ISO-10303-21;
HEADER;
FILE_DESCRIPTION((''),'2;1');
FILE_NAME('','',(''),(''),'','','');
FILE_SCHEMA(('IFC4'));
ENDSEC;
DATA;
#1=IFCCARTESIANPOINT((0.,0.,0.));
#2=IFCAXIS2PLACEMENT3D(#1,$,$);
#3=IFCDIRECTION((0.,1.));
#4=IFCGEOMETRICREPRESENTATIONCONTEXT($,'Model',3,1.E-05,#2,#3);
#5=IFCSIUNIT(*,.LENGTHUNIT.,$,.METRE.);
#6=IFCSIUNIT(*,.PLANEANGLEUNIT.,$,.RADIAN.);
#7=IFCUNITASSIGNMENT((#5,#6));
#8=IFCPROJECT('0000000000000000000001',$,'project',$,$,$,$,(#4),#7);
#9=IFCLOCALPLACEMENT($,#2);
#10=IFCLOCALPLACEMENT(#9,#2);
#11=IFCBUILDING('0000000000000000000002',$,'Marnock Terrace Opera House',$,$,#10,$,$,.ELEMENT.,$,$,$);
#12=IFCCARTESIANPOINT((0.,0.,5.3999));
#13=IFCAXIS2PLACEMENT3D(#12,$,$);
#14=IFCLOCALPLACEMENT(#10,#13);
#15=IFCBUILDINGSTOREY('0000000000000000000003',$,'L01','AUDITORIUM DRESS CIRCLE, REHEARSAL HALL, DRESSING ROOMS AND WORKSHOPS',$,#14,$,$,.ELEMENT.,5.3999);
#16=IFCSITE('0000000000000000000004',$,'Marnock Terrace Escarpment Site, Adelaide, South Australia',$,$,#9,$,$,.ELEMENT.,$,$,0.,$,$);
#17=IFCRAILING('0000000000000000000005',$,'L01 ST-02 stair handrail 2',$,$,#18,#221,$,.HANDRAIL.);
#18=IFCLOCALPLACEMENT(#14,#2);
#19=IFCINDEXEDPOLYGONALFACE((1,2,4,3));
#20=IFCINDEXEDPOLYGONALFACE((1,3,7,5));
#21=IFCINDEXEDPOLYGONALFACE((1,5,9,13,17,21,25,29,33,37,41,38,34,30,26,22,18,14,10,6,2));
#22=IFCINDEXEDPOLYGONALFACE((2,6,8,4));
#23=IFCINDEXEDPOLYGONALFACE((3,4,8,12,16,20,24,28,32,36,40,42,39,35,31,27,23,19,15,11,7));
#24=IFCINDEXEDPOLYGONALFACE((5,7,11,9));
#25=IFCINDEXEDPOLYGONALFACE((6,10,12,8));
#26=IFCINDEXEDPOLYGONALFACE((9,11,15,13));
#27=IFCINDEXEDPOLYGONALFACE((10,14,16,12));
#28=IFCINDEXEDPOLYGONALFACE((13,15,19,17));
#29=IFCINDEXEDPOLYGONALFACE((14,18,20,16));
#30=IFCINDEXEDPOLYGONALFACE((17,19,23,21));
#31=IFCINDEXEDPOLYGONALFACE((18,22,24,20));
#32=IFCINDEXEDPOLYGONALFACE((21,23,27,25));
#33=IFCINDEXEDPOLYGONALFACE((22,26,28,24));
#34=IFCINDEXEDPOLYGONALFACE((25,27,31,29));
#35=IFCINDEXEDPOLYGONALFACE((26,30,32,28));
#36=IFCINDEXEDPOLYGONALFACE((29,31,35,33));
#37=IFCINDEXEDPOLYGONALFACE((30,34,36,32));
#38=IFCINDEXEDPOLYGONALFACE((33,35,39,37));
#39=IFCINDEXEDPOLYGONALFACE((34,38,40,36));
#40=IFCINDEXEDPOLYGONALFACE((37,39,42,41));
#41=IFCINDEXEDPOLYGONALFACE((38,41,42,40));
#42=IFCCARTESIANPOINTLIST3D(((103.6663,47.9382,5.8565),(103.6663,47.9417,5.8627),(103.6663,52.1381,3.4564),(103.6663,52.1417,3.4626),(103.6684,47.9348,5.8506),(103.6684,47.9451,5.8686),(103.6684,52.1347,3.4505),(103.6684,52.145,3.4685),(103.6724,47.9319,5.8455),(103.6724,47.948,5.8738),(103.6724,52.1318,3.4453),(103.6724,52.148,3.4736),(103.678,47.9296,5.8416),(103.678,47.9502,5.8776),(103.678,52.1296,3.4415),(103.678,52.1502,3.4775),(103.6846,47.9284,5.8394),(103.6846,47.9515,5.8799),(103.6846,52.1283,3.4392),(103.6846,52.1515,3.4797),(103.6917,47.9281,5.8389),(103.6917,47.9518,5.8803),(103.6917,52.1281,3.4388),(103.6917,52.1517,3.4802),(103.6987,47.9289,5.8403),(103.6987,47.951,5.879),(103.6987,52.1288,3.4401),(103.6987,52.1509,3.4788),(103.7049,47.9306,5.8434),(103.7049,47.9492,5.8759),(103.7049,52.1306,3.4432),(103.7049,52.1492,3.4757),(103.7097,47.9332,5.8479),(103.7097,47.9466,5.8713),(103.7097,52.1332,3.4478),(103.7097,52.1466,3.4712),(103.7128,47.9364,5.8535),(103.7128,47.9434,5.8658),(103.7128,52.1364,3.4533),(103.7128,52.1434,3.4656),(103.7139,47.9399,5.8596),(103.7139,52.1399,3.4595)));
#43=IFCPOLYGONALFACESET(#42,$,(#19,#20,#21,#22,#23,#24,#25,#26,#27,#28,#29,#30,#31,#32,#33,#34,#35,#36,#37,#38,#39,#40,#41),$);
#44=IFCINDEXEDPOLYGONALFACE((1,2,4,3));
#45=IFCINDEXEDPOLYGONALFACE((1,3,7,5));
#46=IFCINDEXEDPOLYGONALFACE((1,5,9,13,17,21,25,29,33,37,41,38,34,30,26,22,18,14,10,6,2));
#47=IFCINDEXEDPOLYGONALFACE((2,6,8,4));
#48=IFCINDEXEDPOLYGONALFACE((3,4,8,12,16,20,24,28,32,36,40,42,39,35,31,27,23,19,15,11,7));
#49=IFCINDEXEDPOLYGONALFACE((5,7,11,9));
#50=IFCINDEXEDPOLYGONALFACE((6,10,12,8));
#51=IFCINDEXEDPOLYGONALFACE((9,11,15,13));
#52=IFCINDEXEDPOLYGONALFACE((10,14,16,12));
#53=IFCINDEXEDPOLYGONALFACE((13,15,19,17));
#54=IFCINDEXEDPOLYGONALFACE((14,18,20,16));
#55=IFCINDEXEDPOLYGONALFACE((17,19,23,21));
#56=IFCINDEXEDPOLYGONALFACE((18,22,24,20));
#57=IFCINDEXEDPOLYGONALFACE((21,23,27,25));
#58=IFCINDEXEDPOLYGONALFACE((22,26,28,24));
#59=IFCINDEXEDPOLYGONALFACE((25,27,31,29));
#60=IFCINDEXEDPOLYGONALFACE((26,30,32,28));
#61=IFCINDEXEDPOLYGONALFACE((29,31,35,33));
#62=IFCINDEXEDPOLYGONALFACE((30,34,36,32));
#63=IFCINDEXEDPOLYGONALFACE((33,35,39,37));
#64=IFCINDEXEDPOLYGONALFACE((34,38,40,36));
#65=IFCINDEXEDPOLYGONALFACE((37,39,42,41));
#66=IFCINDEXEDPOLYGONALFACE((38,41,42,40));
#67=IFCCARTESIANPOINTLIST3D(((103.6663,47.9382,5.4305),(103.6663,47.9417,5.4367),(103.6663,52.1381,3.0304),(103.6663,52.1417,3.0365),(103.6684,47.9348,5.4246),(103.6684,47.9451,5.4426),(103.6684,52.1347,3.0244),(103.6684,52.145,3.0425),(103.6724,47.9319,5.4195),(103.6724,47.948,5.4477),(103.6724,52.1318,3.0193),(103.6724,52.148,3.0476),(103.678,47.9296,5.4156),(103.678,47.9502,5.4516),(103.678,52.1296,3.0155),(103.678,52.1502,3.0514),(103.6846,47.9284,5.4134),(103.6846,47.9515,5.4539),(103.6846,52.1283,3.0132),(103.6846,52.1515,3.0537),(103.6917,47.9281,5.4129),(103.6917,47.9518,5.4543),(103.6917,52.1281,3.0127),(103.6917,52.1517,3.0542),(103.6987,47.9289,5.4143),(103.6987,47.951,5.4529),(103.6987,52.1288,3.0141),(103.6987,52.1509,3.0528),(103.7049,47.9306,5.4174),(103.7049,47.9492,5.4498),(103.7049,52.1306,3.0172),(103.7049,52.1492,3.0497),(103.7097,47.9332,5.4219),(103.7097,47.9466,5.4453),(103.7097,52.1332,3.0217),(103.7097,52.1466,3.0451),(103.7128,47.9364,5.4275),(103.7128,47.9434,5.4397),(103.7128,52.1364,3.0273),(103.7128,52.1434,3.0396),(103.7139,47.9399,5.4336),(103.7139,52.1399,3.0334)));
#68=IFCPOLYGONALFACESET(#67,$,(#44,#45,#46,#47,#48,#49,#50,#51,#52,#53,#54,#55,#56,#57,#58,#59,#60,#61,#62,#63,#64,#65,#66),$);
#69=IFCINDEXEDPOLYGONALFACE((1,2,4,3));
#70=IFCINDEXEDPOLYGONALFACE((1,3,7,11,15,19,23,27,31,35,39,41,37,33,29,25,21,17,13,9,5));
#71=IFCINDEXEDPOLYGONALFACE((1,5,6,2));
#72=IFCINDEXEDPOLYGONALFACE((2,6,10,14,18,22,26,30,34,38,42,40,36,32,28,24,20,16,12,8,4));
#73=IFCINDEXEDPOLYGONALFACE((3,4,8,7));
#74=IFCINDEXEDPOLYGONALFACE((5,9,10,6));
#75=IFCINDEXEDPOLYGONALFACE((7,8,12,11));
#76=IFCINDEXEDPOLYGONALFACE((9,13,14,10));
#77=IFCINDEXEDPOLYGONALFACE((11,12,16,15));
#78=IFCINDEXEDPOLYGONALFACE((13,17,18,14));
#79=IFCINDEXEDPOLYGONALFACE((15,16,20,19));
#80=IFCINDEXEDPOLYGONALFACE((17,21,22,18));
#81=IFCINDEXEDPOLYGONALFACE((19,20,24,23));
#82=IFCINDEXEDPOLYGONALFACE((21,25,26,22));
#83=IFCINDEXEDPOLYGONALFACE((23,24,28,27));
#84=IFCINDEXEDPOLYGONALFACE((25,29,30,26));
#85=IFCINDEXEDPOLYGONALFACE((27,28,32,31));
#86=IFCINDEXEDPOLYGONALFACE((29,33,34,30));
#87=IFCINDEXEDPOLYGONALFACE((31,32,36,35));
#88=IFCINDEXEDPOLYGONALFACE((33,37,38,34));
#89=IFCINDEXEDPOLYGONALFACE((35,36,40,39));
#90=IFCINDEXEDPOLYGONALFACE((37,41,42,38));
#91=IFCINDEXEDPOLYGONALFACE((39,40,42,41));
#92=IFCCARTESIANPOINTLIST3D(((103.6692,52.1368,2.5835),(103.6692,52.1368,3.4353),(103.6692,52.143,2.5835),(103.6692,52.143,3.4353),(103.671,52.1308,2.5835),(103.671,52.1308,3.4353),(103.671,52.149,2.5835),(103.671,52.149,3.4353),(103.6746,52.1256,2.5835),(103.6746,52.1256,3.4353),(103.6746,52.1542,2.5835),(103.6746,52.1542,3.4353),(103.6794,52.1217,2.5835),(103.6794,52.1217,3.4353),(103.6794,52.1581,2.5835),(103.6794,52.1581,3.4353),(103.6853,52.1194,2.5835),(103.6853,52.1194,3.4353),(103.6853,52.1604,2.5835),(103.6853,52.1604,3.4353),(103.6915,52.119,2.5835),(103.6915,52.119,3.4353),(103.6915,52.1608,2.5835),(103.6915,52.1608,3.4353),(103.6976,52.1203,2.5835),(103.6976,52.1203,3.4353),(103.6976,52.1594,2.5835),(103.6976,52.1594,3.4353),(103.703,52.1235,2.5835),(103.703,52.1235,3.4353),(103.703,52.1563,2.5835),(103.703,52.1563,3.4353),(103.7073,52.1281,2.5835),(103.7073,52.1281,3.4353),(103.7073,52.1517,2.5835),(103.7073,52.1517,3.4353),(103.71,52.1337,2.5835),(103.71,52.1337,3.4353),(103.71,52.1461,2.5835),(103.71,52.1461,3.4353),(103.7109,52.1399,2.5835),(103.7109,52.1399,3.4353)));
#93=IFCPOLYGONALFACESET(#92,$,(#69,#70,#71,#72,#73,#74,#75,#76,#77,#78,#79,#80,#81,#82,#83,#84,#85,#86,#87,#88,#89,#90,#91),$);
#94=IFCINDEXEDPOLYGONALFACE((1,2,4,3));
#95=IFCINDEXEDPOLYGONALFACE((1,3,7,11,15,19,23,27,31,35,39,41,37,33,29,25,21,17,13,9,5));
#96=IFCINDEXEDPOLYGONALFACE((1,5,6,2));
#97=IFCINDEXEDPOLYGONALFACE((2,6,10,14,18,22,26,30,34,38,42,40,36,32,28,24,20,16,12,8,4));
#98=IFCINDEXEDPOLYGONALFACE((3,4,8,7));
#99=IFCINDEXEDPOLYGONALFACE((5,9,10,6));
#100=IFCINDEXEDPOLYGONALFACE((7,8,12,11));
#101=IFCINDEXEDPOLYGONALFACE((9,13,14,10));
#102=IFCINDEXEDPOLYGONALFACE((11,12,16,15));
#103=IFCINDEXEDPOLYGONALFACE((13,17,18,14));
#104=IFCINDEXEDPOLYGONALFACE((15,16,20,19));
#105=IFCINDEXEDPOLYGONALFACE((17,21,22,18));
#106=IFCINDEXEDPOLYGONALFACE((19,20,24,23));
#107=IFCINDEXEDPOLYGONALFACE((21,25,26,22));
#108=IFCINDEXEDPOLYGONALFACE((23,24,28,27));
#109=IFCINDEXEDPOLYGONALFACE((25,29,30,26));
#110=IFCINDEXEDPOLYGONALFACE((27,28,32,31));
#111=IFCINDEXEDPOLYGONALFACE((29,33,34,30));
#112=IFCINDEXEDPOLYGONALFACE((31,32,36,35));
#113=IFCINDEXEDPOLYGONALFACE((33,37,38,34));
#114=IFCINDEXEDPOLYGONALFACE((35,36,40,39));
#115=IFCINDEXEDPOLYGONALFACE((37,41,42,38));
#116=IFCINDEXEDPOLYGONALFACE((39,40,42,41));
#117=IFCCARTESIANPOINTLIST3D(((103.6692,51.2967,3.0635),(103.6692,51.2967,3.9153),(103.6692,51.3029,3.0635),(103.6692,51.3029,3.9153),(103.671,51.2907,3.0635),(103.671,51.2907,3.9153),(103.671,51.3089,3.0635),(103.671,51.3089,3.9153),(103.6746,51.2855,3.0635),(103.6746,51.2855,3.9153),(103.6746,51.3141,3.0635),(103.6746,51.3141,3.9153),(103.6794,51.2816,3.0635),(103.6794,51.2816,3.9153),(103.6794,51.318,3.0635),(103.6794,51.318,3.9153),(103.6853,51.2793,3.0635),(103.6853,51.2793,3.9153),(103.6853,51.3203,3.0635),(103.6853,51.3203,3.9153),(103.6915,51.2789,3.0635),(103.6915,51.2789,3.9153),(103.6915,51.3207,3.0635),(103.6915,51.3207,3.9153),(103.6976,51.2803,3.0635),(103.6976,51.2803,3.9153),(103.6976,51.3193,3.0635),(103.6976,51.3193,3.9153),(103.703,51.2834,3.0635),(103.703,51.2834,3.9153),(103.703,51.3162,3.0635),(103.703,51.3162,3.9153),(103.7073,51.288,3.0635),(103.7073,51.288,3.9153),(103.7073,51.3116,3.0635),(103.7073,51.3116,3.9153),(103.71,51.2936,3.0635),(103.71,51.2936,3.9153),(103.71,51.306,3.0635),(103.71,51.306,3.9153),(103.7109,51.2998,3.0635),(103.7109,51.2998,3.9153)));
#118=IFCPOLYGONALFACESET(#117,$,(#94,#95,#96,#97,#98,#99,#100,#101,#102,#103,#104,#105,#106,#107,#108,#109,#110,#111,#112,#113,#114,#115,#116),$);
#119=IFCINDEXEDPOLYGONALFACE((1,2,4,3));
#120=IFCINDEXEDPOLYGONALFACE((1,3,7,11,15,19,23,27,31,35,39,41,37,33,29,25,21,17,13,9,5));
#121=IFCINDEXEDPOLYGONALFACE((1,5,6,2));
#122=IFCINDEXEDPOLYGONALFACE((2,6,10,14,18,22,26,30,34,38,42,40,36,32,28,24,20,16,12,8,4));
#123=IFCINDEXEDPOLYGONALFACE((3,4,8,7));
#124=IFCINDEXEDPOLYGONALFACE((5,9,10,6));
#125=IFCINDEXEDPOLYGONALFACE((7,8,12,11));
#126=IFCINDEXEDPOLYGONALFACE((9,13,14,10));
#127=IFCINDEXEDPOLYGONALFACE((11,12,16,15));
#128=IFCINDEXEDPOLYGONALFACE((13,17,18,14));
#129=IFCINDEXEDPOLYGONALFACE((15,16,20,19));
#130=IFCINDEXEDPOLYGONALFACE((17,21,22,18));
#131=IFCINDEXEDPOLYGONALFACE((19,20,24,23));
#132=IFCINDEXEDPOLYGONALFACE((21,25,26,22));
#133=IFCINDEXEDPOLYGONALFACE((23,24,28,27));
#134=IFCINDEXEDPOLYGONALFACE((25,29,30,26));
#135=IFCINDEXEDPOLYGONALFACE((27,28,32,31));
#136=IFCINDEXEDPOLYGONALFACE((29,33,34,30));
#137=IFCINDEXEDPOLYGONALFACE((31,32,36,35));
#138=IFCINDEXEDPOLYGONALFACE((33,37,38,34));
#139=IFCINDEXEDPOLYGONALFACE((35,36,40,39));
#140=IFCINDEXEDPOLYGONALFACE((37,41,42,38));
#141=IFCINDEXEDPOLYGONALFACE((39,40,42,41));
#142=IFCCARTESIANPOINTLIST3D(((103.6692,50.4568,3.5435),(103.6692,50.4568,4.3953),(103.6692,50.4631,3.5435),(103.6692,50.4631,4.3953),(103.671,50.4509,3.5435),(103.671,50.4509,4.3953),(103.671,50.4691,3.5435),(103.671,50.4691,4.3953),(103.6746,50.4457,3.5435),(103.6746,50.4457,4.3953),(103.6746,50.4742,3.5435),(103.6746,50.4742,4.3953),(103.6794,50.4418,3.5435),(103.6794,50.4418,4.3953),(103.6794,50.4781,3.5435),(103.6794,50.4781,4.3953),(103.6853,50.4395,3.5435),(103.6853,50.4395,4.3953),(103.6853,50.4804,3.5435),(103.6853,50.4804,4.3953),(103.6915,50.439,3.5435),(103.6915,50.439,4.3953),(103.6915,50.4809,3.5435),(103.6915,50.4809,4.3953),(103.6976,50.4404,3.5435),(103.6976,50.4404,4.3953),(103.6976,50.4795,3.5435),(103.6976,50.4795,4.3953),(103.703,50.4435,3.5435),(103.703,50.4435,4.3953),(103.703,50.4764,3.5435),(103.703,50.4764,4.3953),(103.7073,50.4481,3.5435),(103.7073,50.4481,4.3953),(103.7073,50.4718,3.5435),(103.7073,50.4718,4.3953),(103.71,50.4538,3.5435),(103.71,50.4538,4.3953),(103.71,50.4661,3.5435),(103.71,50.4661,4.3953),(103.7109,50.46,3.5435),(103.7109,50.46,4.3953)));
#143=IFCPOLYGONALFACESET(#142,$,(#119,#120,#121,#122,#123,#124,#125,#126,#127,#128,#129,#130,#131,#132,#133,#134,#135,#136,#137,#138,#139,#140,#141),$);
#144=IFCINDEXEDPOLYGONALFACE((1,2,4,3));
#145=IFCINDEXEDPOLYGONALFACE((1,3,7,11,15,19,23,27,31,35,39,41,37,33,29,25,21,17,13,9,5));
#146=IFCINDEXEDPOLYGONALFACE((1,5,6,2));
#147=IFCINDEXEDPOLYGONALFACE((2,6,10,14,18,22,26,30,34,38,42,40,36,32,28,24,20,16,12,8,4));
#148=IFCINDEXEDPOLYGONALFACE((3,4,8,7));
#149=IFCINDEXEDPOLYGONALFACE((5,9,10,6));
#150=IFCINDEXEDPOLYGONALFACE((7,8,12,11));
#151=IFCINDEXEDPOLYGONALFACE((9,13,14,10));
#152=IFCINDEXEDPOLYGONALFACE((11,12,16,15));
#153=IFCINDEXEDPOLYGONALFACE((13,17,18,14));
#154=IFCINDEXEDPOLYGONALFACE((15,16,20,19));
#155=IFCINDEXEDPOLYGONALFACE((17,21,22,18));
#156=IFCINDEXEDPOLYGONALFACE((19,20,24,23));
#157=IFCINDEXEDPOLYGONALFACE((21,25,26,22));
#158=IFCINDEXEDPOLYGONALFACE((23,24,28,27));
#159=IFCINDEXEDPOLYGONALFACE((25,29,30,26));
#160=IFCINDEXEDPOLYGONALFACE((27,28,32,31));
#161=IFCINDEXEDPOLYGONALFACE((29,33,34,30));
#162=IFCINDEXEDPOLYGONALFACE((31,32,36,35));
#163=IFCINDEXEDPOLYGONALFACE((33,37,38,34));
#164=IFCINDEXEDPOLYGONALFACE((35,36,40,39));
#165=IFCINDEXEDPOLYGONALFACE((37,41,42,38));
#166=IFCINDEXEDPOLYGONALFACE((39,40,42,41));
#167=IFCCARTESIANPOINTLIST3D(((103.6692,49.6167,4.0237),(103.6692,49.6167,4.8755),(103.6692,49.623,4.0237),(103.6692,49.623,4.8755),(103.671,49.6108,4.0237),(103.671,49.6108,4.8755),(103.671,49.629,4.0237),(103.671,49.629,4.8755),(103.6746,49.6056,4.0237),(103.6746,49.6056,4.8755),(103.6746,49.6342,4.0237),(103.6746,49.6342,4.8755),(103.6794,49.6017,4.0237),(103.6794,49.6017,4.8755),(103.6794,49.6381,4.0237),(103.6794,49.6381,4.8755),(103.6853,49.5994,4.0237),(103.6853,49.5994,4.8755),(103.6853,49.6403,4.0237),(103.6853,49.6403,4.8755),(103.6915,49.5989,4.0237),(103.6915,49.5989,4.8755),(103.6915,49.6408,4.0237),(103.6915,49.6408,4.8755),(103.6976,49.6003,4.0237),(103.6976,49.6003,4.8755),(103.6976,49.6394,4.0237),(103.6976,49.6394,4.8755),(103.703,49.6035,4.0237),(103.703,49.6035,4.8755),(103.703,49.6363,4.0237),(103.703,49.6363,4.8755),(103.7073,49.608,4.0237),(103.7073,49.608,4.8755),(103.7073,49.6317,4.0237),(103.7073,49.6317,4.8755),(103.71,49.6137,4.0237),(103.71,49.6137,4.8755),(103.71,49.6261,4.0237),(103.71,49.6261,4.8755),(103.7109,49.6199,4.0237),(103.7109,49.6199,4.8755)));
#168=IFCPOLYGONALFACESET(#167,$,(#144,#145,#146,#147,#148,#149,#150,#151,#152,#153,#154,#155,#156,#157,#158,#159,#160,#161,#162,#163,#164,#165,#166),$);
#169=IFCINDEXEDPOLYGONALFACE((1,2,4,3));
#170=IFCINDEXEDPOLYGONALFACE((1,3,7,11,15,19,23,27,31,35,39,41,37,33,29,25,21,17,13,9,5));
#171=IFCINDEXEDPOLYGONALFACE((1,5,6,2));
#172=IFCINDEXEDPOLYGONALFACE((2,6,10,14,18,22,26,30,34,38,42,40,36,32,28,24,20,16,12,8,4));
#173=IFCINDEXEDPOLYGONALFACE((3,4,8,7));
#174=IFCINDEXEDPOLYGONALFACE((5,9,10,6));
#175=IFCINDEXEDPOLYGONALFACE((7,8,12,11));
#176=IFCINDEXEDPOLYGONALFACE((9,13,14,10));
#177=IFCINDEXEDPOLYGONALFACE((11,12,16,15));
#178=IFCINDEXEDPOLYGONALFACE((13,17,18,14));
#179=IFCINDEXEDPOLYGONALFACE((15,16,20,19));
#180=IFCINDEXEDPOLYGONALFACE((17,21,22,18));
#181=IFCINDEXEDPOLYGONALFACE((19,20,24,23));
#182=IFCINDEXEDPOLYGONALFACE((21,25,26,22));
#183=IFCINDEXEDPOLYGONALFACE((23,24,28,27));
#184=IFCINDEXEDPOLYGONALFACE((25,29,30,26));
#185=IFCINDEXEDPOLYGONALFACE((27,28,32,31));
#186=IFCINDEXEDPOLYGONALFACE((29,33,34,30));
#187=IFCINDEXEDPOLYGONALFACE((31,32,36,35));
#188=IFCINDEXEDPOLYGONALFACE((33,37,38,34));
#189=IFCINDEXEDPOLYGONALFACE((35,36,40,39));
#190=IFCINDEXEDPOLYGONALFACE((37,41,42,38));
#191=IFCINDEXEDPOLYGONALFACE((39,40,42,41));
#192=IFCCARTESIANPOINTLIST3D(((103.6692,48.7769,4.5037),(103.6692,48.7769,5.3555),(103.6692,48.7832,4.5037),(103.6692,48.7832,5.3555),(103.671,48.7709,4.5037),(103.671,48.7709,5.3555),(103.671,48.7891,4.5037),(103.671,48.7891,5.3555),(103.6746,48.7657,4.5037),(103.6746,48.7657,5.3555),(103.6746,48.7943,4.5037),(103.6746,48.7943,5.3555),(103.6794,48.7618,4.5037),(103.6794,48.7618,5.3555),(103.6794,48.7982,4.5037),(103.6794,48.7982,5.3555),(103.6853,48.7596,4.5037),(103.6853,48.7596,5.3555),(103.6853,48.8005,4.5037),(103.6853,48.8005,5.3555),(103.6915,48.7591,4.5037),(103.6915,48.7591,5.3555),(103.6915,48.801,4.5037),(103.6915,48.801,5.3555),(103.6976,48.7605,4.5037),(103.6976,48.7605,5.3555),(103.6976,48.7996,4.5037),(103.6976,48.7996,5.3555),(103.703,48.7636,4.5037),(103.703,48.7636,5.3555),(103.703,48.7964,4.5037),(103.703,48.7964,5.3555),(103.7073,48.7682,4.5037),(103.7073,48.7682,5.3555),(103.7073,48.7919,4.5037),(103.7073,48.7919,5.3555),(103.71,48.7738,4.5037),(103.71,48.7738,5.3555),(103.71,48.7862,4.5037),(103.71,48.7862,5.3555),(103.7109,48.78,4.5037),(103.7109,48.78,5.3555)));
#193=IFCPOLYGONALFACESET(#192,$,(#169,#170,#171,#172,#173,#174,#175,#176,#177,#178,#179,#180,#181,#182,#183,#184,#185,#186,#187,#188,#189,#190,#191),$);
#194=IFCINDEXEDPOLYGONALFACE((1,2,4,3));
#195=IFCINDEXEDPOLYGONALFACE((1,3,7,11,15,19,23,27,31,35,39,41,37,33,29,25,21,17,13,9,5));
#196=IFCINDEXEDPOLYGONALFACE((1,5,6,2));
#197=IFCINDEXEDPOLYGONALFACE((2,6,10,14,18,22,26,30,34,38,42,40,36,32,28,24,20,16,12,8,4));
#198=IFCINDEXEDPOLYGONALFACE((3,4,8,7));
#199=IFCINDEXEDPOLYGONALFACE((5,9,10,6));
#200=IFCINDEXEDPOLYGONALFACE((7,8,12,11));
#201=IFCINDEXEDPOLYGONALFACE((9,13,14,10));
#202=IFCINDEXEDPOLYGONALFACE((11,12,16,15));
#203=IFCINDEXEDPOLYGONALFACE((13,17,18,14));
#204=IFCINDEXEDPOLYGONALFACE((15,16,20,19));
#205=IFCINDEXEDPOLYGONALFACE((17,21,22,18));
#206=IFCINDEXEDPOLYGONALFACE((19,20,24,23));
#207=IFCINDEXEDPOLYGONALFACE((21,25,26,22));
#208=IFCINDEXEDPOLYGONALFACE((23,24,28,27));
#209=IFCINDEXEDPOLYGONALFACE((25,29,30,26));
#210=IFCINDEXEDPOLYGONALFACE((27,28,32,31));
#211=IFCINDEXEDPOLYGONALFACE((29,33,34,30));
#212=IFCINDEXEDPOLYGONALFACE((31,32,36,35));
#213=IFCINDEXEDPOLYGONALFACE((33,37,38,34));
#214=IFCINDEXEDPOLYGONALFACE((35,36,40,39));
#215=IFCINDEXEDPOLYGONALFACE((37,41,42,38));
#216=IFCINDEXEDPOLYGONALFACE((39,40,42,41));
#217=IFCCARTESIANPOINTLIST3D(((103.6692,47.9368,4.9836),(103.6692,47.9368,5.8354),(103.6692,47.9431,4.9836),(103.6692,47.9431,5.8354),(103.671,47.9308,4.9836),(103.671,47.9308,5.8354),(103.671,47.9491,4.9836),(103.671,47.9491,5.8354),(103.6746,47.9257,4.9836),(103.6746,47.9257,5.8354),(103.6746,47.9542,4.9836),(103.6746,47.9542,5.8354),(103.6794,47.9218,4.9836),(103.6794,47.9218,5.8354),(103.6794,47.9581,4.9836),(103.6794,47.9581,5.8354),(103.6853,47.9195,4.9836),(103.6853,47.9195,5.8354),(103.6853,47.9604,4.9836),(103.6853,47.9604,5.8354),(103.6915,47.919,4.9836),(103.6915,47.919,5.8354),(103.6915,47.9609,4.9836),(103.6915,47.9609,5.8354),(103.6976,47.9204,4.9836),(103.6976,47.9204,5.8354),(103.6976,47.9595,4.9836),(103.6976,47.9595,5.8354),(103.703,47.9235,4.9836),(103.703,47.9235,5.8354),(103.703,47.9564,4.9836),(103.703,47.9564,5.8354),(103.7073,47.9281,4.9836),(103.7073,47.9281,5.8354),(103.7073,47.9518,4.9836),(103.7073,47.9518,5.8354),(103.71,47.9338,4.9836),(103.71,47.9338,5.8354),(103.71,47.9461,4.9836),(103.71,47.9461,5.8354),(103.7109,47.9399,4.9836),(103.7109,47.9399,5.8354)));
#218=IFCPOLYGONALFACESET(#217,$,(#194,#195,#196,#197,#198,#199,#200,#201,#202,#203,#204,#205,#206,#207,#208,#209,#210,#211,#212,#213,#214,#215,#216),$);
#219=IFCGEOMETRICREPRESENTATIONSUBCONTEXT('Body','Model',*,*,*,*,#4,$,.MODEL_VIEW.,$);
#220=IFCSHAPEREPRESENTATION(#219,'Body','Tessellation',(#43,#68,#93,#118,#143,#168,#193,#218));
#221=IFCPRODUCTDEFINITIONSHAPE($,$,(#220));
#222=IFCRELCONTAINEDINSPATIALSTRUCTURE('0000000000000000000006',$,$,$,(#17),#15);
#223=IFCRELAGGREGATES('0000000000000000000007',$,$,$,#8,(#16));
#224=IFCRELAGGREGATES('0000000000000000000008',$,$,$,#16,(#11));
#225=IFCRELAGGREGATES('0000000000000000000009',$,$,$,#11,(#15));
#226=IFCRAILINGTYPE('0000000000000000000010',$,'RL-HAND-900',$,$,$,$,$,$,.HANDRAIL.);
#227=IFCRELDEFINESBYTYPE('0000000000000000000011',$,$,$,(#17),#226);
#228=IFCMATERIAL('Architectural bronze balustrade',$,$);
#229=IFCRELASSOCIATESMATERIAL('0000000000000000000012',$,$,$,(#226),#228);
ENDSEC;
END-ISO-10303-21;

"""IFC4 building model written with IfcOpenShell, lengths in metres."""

from ifc_helpers import new_model, si_unit, direction, frame, origin, origin_2d, place, context, subcontext, project, spatial, circle, extrude, material, type_object, element, save


model = new_model("IFC4")

# Units and contexts
model_context = context("Model", 3, precision=1e-05, world=origin(), true_north=direction((0.0, 1.0)))
body_context = subcontext(model_context, "Body", "Model", "MODEL_VIEW")
ifc_project = project(units=[si_unit("LENGTHUNIT", "METRE"), si_unit("PLANEANGLEUNIT", "RADIAN")], contexts=[model_context])

# Site, building, storey
site_placement = place(None, origin())
site = spatial("IfcSite", under=ifc_project, at=site_placement, Name="Marnock Terrace Escarpment Site, Adelaide, South Australia", CompositionType="ELEMENT", RefElevation=0.0)
building_placement = place(site_placement, origin())
building = spatial("IfcBuilding", under=site, at=building_placement, Name="Marnock Terrace Opera House", CompositionType="ELEMENT")
storey_placement = place(building_placement, frame((0.0, 0.0, 5.3999)))
storey = spatial("IfcBuildingStorey", under=building, at=storey_placement, Name="L01", Description="AUDITORIUM DRESS CIRCLE, REHEARSAL HALL, DRESSING ROOMS AND WORKSHOPS", CompositionType="ELEMENT", Elevation=5.3999)

# Railing
ifc_material_1 = material(Name="Architectural bronze balustrade")
railing_type_1 = type_object("IfcRailingType", Name="RL-HAND-900", PredefinedType="HANDRAIL", material=ifc_material_1)
railing_1_placement = place(storey_placement, frame((103.6899, 52.1399, 2.5835)))
element("IfcRailing", 1, at=railing_1_placement, inside=storey, type_object=railing_type_1, Name="L01 ST-02 stair handrail 2", PredefinedType="HANDRAIL", context=body_context, shape_type="SweptSolid", body=[
    extrude(circle(Radius=0.0239, at=origin_2d()), frame((0.0, 0.0, 0.876), z_axis=(0.0, -0.868228, 0.496166), x_axis=(1.0, 0.0, 0.0)), (0.0, 0.0, 1.0), 4.8374),
    extrude(circle(Radius=0.0239, at=origin_2d()), frame((0.0, 0.0, 0.45), z_axis=(0.0, -0.868228, 0.496166), x_axis=(1.0, 0.0, 0.0)), (0.0, 0.0, 1.0), 4.8374),
    extrude(circle(Radius=0.021, at=origin_2d()), origin(), (0.0, 0.0, 1.0), 0.8518),
    extrude(circle(Radius=0.021, at=origin_2d()), frame((0.0, -0.8401, 0.48)), (0.0, 0.0, 1.0), 0.8518),
    extrude(circle(Radius=0.021, at=origin_2d()), frame((0.0, -1.6799, 0.96)), (0.0, 0.0, 1.0), 0.8518),
    extrude(circle(Radius=0.021, at=origin_2d()), frame((0.0, -2.52, 1.4402)), (0.0, 0.0, 1.0), 0.8518),
    extrude(circle(Radius=0.021, at=origin_2d()), frame((0.0, -3.3599, 1.9202)), (0.0, 0.0, 1.0), 0.8518),
    extrude(circle(Radius=0.021, at=origin_2d()), frame((0.0, -4.2, 2.4001)), (0.0, 0.0, 1.0), 0.8518),
])

save(model, "model.ifc")
